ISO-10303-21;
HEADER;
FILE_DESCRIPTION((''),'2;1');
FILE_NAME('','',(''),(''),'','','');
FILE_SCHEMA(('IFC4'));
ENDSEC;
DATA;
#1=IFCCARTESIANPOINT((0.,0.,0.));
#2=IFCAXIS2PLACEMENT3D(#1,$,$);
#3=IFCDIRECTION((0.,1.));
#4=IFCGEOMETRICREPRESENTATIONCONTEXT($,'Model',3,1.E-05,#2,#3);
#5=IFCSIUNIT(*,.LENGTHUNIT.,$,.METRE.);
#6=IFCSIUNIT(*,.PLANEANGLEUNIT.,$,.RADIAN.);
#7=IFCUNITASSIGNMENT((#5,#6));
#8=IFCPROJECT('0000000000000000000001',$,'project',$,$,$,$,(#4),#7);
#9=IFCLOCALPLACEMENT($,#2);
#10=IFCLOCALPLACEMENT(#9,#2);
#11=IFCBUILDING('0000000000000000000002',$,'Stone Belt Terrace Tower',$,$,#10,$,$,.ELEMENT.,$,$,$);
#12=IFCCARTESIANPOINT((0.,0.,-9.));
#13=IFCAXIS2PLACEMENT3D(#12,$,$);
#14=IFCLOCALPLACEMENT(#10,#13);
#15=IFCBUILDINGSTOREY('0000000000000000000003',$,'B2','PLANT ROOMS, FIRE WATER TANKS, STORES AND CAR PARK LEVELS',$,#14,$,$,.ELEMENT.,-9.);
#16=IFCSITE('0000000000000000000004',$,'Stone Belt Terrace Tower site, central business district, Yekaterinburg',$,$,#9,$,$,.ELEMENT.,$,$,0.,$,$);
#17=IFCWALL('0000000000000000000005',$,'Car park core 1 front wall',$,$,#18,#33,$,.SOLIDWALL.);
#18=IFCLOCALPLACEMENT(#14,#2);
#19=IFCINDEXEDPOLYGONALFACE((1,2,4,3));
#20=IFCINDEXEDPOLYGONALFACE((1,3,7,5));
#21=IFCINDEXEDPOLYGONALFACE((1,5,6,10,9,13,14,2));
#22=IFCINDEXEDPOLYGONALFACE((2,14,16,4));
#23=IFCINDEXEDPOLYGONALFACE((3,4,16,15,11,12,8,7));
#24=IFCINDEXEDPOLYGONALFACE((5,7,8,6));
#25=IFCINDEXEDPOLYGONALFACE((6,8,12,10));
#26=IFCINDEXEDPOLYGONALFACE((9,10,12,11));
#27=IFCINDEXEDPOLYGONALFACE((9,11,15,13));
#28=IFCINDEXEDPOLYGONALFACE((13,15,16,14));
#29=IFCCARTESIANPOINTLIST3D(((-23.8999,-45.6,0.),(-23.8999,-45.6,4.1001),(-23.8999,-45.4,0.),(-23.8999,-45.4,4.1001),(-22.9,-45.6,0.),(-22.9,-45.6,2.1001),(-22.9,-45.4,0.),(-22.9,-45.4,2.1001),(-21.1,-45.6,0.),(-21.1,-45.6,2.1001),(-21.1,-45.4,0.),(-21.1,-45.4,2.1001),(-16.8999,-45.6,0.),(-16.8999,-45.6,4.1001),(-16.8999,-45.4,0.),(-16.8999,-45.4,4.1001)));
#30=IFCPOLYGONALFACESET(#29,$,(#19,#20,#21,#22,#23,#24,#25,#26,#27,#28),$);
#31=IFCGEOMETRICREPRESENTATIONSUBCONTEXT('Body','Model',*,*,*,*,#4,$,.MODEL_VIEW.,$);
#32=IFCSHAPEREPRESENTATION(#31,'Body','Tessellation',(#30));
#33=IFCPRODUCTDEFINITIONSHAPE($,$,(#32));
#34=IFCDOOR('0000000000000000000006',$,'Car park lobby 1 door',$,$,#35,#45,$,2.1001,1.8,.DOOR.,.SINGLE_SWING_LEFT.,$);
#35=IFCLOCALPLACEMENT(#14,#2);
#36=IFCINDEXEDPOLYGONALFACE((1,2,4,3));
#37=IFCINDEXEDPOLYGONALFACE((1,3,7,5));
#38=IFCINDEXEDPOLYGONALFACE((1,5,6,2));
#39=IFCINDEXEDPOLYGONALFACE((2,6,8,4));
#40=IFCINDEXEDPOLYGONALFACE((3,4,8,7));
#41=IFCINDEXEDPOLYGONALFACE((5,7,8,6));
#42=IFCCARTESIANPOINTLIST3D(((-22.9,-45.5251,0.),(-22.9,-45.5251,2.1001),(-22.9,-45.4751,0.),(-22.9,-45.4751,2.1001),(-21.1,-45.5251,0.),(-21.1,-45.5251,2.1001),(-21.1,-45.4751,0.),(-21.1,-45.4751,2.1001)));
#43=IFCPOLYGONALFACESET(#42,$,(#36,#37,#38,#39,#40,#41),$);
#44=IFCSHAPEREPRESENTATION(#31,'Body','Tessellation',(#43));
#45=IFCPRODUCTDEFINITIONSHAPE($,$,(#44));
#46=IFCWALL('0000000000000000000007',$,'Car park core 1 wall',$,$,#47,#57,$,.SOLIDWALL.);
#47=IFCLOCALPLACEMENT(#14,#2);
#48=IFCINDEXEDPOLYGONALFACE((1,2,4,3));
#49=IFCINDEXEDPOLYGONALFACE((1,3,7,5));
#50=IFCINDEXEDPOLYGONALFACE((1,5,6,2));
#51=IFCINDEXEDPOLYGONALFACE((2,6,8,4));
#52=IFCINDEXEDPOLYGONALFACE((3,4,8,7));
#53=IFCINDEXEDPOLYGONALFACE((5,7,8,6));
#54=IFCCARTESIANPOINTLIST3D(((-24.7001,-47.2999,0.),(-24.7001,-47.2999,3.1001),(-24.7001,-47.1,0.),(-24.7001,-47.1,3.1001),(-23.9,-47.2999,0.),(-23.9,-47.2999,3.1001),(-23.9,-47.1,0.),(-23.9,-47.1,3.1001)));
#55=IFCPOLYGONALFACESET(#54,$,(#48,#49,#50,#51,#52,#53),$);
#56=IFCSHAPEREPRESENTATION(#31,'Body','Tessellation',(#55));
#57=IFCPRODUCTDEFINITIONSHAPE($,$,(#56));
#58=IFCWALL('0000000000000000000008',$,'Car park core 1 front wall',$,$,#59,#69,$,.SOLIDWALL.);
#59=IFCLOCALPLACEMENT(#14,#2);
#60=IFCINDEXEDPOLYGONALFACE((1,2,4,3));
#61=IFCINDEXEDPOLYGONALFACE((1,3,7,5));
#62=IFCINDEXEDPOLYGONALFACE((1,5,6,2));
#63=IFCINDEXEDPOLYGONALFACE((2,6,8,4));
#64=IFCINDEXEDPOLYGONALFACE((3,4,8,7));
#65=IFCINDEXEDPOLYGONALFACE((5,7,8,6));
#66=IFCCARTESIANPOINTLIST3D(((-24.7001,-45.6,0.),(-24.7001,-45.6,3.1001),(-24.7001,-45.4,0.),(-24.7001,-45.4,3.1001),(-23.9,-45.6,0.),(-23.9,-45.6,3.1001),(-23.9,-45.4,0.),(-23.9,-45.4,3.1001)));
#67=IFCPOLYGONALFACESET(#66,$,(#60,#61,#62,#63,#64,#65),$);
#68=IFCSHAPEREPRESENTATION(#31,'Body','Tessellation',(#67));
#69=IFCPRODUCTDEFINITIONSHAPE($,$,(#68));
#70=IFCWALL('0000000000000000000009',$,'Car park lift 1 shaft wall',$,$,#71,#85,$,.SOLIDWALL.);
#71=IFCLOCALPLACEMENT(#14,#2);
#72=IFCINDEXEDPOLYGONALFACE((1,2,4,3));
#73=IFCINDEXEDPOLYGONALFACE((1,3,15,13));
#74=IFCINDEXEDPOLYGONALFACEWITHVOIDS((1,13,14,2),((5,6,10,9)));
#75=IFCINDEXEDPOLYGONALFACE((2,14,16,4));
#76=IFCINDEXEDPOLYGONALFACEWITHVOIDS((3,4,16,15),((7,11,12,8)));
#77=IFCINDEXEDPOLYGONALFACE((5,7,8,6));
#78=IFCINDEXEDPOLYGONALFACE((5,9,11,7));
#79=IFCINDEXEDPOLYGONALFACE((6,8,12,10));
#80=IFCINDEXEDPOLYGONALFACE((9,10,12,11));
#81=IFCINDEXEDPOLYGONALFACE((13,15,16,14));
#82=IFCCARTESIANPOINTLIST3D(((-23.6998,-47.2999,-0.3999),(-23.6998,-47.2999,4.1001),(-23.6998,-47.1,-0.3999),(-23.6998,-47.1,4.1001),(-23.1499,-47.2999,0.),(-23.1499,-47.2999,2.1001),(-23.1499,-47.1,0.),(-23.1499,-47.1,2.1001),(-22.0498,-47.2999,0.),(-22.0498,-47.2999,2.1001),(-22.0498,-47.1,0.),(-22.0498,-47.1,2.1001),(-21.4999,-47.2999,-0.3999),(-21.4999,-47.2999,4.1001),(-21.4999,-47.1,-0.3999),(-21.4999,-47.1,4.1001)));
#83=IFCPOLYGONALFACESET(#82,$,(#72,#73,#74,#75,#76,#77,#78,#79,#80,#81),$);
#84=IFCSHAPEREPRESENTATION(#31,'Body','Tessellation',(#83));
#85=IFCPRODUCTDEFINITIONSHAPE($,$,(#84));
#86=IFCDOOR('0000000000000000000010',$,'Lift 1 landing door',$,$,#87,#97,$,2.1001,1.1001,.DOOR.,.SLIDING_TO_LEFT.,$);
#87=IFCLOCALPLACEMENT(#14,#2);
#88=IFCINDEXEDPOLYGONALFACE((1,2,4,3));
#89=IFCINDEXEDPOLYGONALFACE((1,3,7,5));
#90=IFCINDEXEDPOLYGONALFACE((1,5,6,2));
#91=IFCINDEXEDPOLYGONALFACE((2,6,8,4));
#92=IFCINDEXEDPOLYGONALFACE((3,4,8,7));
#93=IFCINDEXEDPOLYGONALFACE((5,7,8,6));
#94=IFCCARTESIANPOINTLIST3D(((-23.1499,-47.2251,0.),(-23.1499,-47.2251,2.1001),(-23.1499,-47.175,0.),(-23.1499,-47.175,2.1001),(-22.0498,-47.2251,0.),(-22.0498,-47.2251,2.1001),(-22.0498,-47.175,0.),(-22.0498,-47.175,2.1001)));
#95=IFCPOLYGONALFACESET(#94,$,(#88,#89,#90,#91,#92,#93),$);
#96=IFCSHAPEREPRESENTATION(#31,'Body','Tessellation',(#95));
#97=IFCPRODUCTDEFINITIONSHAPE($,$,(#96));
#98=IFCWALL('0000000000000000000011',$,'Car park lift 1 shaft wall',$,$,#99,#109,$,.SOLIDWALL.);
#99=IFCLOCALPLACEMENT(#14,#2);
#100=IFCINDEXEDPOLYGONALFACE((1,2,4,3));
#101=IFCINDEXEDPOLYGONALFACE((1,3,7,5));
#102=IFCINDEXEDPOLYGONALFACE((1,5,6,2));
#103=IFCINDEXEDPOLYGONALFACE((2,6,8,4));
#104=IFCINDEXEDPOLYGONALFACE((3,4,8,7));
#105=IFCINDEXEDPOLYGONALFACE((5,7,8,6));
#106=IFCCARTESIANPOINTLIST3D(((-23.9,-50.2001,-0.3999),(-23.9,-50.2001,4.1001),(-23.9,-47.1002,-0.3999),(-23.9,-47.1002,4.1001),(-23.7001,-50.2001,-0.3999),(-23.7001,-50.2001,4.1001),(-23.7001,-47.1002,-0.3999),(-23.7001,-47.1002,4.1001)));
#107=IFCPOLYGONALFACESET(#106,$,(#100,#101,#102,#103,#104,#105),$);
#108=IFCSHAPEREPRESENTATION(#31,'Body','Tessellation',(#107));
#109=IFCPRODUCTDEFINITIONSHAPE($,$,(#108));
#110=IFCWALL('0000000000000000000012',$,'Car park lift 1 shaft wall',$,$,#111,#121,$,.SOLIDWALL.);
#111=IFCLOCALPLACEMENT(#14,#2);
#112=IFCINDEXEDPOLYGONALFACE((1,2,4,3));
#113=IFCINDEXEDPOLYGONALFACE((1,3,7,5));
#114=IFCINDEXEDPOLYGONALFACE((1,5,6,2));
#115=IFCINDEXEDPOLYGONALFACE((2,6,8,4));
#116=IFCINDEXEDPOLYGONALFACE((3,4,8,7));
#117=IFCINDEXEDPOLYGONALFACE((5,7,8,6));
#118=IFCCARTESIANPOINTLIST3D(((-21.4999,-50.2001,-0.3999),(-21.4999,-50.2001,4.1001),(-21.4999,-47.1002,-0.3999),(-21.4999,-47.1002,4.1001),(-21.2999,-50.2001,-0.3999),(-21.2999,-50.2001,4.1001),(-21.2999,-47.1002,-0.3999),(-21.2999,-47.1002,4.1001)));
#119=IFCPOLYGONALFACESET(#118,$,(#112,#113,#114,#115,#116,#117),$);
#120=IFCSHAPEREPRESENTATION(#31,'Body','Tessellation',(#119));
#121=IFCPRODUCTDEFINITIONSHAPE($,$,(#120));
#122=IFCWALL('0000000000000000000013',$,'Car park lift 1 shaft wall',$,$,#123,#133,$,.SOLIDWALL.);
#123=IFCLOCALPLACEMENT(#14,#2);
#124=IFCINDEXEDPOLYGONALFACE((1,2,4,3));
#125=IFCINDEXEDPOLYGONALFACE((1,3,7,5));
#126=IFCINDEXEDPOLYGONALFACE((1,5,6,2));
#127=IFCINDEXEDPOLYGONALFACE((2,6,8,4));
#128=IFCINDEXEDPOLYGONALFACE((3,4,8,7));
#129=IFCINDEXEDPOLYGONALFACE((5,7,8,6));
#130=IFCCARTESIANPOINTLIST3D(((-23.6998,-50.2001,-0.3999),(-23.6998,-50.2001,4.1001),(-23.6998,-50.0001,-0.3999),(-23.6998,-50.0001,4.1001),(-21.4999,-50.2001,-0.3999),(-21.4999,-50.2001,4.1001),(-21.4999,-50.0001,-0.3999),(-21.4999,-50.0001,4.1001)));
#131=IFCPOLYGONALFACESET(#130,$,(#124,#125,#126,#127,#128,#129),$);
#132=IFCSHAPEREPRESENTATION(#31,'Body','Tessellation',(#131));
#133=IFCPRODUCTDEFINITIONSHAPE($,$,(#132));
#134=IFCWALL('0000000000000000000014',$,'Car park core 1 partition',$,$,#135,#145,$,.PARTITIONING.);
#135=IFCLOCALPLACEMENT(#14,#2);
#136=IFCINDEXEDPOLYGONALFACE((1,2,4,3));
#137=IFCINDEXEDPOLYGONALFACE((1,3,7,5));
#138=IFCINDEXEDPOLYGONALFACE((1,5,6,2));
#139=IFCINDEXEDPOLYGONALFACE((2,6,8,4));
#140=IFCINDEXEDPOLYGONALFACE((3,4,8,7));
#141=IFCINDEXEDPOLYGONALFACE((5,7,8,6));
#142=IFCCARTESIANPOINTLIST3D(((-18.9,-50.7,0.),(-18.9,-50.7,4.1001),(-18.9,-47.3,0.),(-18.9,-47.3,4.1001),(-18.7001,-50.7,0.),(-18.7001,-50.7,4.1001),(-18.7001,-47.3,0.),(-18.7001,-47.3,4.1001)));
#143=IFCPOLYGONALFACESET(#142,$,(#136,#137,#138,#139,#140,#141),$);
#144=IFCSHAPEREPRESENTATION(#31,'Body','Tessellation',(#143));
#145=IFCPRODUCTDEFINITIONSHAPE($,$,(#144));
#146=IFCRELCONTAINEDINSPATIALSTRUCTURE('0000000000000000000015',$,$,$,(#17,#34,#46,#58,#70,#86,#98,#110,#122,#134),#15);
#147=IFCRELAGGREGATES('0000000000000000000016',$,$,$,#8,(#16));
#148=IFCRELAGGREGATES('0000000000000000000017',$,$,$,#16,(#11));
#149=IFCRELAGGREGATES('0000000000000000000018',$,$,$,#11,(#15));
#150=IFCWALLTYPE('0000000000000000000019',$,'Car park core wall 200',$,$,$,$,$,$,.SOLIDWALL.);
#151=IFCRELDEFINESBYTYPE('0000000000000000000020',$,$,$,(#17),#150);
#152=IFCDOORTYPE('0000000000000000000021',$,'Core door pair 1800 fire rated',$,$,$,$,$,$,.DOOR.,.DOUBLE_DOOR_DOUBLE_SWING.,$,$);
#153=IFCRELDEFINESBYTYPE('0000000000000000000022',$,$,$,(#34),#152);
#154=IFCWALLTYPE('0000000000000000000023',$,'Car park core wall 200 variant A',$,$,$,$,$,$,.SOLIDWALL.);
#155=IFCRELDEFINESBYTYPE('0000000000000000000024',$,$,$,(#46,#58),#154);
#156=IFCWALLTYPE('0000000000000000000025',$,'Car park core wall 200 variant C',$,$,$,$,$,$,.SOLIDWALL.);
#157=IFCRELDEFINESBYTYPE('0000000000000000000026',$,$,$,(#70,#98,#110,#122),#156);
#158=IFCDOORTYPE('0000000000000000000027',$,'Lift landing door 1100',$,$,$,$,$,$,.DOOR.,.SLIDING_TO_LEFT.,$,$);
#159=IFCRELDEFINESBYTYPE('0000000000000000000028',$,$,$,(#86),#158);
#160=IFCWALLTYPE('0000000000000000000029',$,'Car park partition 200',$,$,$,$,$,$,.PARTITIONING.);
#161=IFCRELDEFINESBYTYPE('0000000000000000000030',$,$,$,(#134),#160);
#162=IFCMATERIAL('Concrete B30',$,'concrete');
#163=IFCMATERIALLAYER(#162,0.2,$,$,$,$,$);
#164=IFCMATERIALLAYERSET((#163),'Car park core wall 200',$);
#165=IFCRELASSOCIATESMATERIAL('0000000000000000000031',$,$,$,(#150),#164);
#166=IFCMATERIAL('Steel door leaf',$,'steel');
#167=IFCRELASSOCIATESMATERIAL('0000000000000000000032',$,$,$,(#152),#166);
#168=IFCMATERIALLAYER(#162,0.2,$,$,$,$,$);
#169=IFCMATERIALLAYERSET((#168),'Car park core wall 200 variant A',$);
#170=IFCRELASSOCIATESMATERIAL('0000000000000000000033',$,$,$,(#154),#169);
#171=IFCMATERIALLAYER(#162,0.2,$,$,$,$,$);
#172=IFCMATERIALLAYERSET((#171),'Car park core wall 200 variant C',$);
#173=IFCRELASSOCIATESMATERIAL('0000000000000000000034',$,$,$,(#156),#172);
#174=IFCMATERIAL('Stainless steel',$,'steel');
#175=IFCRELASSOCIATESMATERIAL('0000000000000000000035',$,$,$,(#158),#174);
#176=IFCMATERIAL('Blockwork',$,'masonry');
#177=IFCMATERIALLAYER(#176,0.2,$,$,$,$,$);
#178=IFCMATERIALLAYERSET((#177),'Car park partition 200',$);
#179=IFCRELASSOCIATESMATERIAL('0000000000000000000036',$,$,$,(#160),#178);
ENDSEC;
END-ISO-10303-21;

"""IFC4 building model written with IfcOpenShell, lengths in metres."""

from ifc_helpers import new_model, si_unit, direction, frame, frame_2d, origin, place, context, subcontext, project, spatial, rectangle, extrude, material, layer, layer_set, type_object, element, fill, save


model = new_model("IFC4")

# Units and contexts
model_context = context("Model", 3, precision=1e-05, world=origin(), true_north=direction((0.0, 1.0)))
body_context = subcontext(model_context, "Body", "Model", "MODEL_VIEW")
ifc_project = project(units=[si_unit("LENGTHUNIT", "METRE"), si_unit("PLANEANGLEUNIT", "RADIAN")], contexts=[model_context])

# Site, building, storey
site_placement = place(None, origin())
site = spatial("IfcSite", under=ifc_project, at=site_placement, Name="Stone Belt Terrace Tower site, central business district, Yekaterinburg", CompositionType="ELEMENT", RefElevation=0.0)
building_placement = place(site_placement, origin())
building = spatial("IfcBuilding", under=site, at=building_placement, Name="Stone Belt Terrace Tower", CompositionType="ELEMENT")
storey_placement = place(building_placement, frame((0.0, 0.0, -9.0)))
storey = spatial("IfcBuildingStorey", under=building, at=storey_placement, Name="B2", Description="PLANT ROOMS, FIRE WATER TANKS, STORES AND CAR PARK LEVELS", CompositionType="ELEMENT", Elevation=-9.0)

# Shared definitions
ifc_material_1 = material(Name="Concrete B30", Category="concrete")
ifc_layer_1 = layer(ifc_material_1, 0.2)
ifc_layer_set_1 = layer_set([ifc_layer_1], Name="Car park core wall 200")
wall_type_1 = type_object("IfcWallType", Name="Car park core wall 200", PredefinedType="SOLIDWALL", material=ifc_layer_set_1)
ifc_material_2 = material(Name="Steel door leaf", Category="steel")

# Wall, opening, door
wall_1_placement = place(storey_placement, frame((-23.8999, -45.5, 0.0), z_axis=(0.0, 0.0, 1.0), x_axis=(1.0, 0.0, 0.0)))
wall_1 = element("IfcWall", 1, at=wall_1_placement, inside=storey, type_object=wall_type_1, Name="Car park core 1 front wall", PredefinedType="SOLIDWALL", context=body_context, shape_type="SweptSolid", body=[
    extrude(rectangle(XDim=7.0, YDim=0.2, at=frame_2d((3.5, 0.0))), origin(), (0.0, 0.0, 1.0), 4.1001),
])
opening_1_placement = place(wall_1_placement, frame((1.0, 0.0, 0.0)))
opening_1 = element("IfcOpeningElement", 2, at=opening_1_placement, cuts=wall_1, PredefinedType="OPENING", context=body_context, shape_type="SweptSolid", body=[
    extrude(rectangle(XDim=1.8, YDim=2.1001, at=frame_2d((0.8999, 1.05))), frame((0.0, 0.1099, 0.0), z_axis=(0.0, -1.0, 0.0), x_axis=(1.0, 0.0, 0.0)), (0.0, 0.0, 1.0), 0.22),
])
door_type_1 = type_object("IfcDoorType", Name="Core door pair 1800 fire rated", OperationType="DOUBLE_DOOR_DOUBLE_SWING", PredefinedType="DOOR", material=ifc_material_2)
door_1_placement = place(opening_1_placement, origin())
door_1 = element("IfcDoor", 3, at=door_1_placement, inside=storey, type_object=door_type_1, Name="Car park lobby 1 door", OperationType="SINGLE_SWING_LEFT", OverallHeight=2.1001, OverallWidth=1.8, PredefinedType="DOOR", context=body_context, shape_type="SweptSolid", body=[
    extrude(rectangle(XDim=1.8, YDim=2.1001, at=frame_2d((0.8999, 1.05))), frame((0.0, 0.0249, 0.0), z_axis=(0.0, -1.0, 0.0), x_axis=(1.0, 0.0, 0.0)), (0.0, 0.0, 1.0), 0.05),
])
fill(opening_1, door_1)

# Walls
ifc_layer_2 = layer(ifc_material_1, 0.2)
ifc_layer_set_2 = layer_set([ifc_layer_2], Name="Car park core wall 200 variant A")
wall_type_2 = type_object("IfcWallType", Name="Car park core wall 200 variant A", PredefinedType="SOLIDWALL", material=ifc_layer_set_2)
for number, where, z_axis, x_axis, name in (
    (4, (-24.7, -47.2, 0.0), (0.0, 0.0, 1.0), (1.0, 0.0, 0.0), "Car park core 1 wall"),
    (5, (-24.7, -45.5, 0.0), (0.0, 0.0, 1.0), (1.0, 0.0, 0.0), "Car park core 1 front wall"),
):
    element("IfcWall", number, at=place(storey_placement, frame(where, z_axis=z_axis, x_axis=x_axis)), inside=storey, type_object=wall_type_2, Name=name, PredefinedType="SOLIDWALL", context=body_context, shape_type="SweptSolid", body=[
        extrude(rectangle(XDim=0.8, YDim=0.2, at=frame_2d((0.3999, 0.0))), origin(), (0.0, 0.0, 1.0), 3.1001),
    ])

# Wall, opening, door
ifc_layer_3 = layer(ifc_material_1, 0.2)
ifc_layer_set_3 = layer_set([ifc_layer_3], Name="Car park core wall 200 variant C")
wall_type_3 = type_object("IfcWallType", Name="Car park core wall 200 variant C", PredefinedType="SOLIDWALL", material=ifc_layer_set_3)
wall_2_placement = place(storey_placement, frame((-23.7, -47.2, -0.3999), z_axis=(0.0, 0.0, 1.0), x_axis=(1.0, 0.0, 0.0)))
wall_2 = element("IfcWall", 6, at=wall_2_placement, inside=storey, type_object=wall_type_3, Name="Car park lift 1 shaft wall", PredefinedType="SOLIDWALL", context=body_context, shape_type="SweptSolid", body=[
    extrude(rectangle(XDim=2.2, YDim=0.2, at=frame_2d((1.1001, 0.0))), origin(), (0.0, 0.0, 1.0), 4.5),
])
opening_2_placement = place(wall_2_placement, frame((0.55, 0.0, 0.3999)))
opening_2 = element("IfcOpeningElement", 7, at=opening_2_placement, cuts=wall_2, PredefinedType="OPENING", context=body_context, shape_type="SweptSolid", body=[
    extrude(rectangle(XDim=1.1001, YDim=2.1001, at=frame_2d((0.55, 1.05))), frame((0.0, 0.1099, 0.0), z_axis=(0.0, -1.0, 0.0), x_axis=(1.0, 0.0, 0.0)), (0.0, 0.0, 1.0), 0.22),
])
ifc_material_3 = material(Name="Stainless steel", Category="steel")
door_type_2 = type_object("IfcDoorType", Name="Lift landing door 1100", OperationType="SLIDING_TO_LEFT", PredefinedType="DOOR", material=ifc_material_3)
door_2_placement = place(opening_2_placement, origin())
door_2 = element("IfcDoor", 8, at=door_2_placement, inside=storey, type_object=door_type_2, Name="Lift 1 landing door", OperationType="SLIDING_TO_LEFT", OverallHeight=2.1001, OverallWidth=1.1001, PredefinedType="DOOR", context=body_context, shape_type="SweptSolid", body=[
    extrude(rectangle(XDim=1.1001, YDim=2.1001, at=frame_2d((0.55, 1.05))), frame((0.0, 0.0249, 0.0), z_axis=(0.0, -1.0, 0.0), x_axis=(1.0, 0.0, 0.0)), (0.0, 0.0, 1.0), 0.05),
])
fill(opening_2, door_2)

# Walls
for number, where, z_axis, x_axis, name in (
    (9, (-23.8, -50.2, -0.3999), (0.0, 0.0, 1.0), (0.0, 1.0, 0.0), "Car park lift 1 shaft wall"),
    (10, (-21.3999, -50.2, -0.3999), (0.0, 0.0, 1.0), (0.0, 1.0, 0.0), "Car park lift 1 shaft wall"),
):
    element("IfcWall", number, at=place(storey_placement, frame(where, z_axis=z_axis, x_axis=x_axis)), inside=storey, type_object=wall_type_3, Name=name, PredefinedType="SOLIDWALL", context=body_context, shape_type="SweptSolid", body=[
        extrude(rectangle(XDim=3.0999, YDim=0.2, at=frame_2d((1.5498, 0.0))), origin(), (0.0, 0.0, 1.0), 4.5),
    ])
wall_3_placement = place(storey_placement, frame((-23.7, -50.1001, -0.3999), z_axis=(0.0, 0.0, 1.0), x_axis=(1.0, 0.0, 0.0)))
element("IfcWall", 11, at=wall_3_placement, inside=storey, type_object=wall_type_3, Name="Car park lift 1 shaft wall", PredefinedType="SOLIDWALL", context=body_context, shape_type="SweptSolid", body=[
    extrude(rectangle(XDim=2.2, YDim=0.2, at=frame_2d((1.1001, 0.0))), origin(), (0.0, 0.0, 1.0), 4.5),
])
ifc_material_4 = material(Name="Blockwork", Category="masonry")
ifc_layer_4 = layer(ifc_material_4, 0.2)
ifc_layer_set_4 = layer_set([ifc_layer_4], Name="Car park partition 200")
wall_type_4 = type_object("IfcWallType", Name="Car park partition 200", PredefinedType="PARTITIONING", material=ifc_layer_set_4)
wall_4_placement = place(storey_placement, frame((-18.8, -50.7, 0.0), z_axis=(0.0, 0.0, 1.0), x_axis=(0.0, 1.0, 0.0)))
element("IfcWall", 12, at=wall_4_placement, inside=storey, type_object=wall_type_4, Name="Car park core 1 partition", PredefinedType="PARTITIONING", context=body_context, shape_type="SweptSolid", body=[
    extrude(rectangle(XDim=3.3999, YDim=0.2, at=frame_2d((1.7, 0.0))), origin(), (0.0, 0.0, 1.0), 4.1001),
])

save(model, "model.ifc")
